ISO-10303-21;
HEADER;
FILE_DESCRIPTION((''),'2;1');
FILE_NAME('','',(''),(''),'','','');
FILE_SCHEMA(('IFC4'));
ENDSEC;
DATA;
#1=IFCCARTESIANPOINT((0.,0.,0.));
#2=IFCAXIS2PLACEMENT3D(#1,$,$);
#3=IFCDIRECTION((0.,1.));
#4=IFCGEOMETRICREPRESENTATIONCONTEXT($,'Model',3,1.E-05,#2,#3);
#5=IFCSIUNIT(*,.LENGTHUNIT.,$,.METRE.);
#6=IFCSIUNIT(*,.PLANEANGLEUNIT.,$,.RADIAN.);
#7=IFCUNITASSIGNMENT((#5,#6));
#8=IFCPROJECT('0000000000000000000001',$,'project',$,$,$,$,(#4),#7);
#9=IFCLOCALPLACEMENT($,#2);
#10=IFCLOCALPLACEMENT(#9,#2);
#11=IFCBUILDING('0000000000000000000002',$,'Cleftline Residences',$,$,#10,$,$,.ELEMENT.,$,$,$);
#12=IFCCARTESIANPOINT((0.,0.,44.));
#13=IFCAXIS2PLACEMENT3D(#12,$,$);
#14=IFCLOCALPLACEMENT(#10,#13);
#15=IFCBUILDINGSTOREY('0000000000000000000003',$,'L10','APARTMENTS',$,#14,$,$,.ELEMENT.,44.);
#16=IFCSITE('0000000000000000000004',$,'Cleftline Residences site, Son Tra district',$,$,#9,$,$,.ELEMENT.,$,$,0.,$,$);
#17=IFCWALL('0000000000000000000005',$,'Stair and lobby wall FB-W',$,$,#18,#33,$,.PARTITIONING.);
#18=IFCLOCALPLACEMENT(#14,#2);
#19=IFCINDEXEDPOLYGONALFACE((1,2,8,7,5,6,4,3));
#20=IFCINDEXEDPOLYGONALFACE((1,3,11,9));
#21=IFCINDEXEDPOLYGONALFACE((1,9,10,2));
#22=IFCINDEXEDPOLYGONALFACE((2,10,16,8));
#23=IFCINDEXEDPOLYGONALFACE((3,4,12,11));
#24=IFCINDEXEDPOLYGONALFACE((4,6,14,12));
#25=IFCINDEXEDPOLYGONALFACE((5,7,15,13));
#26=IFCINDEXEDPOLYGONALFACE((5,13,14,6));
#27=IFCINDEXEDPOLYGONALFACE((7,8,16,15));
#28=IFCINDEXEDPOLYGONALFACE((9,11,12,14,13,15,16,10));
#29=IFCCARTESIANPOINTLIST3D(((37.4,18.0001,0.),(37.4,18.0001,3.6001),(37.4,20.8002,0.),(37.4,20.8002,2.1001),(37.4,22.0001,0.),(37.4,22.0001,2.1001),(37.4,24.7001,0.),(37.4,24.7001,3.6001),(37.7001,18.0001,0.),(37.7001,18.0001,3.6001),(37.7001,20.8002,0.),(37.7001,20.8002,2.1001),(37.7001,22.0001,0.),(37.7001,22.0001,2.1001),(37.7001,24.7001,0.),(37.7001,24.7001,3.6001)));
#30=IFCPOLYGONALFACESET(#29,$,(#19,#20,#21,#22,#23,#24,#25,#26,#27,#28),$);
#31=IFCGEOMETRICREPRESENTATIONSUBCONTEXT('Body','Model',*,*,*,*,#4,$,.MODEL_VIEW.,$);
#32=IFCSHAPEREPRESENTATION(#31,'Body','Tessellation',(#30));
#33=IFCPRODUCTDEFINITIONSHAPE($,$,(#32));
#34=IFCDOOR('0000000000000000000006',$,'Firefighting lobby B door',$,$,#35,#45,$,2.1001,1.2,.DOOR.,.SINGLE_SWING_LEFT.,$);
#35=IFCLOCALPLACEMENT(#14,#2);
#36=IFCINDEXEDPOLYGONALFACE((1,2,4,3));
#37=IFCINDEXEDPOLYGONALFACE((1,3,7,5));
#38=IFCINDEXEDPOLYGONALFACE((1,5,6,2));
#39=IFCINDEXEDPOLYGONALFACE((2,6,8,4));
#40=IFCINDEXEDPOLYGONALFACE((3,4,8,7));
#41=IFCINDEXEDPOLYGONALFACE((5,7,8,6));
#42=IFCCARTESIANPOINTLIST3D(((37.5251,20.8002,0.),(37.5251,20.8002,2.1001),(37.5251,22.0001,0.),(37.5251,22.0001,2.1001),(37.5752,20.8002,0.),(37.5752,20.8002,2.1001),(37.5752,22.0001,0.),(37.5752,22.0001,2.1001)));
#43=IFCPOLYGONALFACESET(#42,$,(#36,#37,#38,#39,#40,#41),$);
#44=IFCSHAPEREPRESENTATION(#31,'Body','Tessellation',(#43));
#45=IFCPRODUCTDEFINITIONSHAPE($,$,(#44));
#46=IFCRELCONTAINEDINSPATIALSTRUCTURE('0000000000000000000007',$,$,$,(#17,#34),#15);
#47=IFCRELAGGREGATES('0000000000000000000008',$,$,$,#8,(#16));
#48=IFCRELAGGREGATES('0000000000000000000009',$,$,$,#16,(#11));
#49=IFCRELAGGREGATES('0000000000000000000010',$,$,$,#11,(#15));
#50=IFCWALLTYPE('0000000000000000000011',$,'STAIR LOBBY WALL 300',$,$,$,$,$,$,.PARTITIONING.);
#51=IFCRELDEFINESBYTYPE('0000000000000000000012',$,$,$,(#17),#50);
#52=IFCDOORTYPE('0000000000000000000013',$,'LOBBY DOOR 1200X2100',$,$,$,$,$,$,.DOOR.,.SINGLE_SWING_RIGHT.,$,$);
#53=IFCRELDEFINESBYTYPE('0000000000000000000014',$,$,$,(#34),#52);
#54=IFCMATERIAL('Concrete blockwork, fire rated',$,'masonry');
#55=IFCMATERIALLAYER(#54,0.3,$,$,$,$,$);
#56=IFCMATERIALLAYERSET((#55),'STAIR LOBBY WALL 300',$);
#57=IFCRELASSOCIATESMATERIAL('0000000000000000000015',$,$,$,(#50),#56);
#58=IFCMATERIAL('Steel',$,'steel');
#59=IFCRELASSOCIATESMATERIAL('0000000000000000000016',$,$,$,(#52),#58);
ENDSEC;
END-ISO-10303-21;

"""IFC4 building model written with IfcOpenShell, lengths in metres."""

from ifc_helpers import new_model, si_unit, direction, frame, frame_2d, origin, place, context, subcontext, project, spatial, rectangle, extrude, material, layer, layer_set, type_object, element, fill, save


model = new_model("IFC4")

# Units and contexts
model_context = context("Model", 3, precision=1e-05, world=origin(), true_north=direction((0.0, 1.0)))
body_context = subcontext(model_context, "Body", "Model", "MODEL_VIEW")
ifc_project = project(units=[si_unit("LENGTHUNIT", "METRE"), si_unit("PLANEANGLEUNIT", "RADIAN")], contexts=[model_context])

# Site, building, storey
site_placement = place(None, origin())
site = spatial("IfcSite", under=ifc_project, at=site_placement, Name="Cleftline Residences site, Son Tra district", CompositionType="ELEMENT", RefElevation=0.0)
building_placement = place(site_placement, origin())
building = spatial("IfcBuilding", under=site, at=building_placement, Name="Cleftline Residences", CompositionType="ELEMENT")
storey_placement = place(building_placement, frame((0.0, 0.0, 44.0)))
storey = spatial("IfcBuildingStorey", under=building, at=storey_placement, Name="L10", Description="APARTMENTS", CompositionType="ELEMENT", Elevation=44.0)

# Wall, opening, door
ifc_material_1 = material(Name="Concrete blockwork, fire rated", Category="masonry")
ifc_layer_1 = layer(ifc_material_1, 0.3)
ifc_layer_set_1 = layer_set([ifc_layer_1], Name="STAIR LOBBY WALL 300")
wall_type_1 = type_object("IfcWallType", Name="STAIR LOBBY WALL 300", PredefinedType="PARTITIONING", material=ifc_layer_set_1)
ifc_material_2 = material(Name="Steel", Category="steel")
door_type_1 = type_object("IfcDoorType", Name="LOBBY DOOR 1200X2100", OperationType="SINGLE_SWING_RIGHT", PredefinedType="DOOR", material=ifc_material_2)
wall_1_placement = place(storey_placement, frame((37.55, 18.0, 0.0), z_axis=(0.0, 0.0, 1.0), x_axis=(0.0, 1.0, 0.0)))
wall_1 = element("IfcWall", 1, at=wall_1_placement, inside=storey, type_object=wall_type_1, Name="Stair and lobby wall FB-W", PredefinedType="PARTITIONING", context=body_context, shape_type="SweptSolid", body=[
    extrude(rectangle(XDim=6.7, YDim=0.3, at=frame_2d((3.3501, 0.0))), origin(), (0.0, 0.0, 1.0), 3.6001),
])
opening_1_placement = place(wall_1_placement, frame((2.8, 0.0, 0.0)))
opening_1 = element("IfcOpeningElement", 2, at=opening_1_placement, cuts=wall_1, PredefinedType="OPENING", context=body_context, shape_type="SweptSolid", body=[
    extrude(rectangle(XDim=1.2, YDim=2.1001, at=frame_2d((0.6001, 1.05))), frame((0.0, 0.1599, 0.0), z_axis=(0.0, -1.0, 0.0), x_axis=(1.0, 0.0, 0.0)), (0.0, 0.0, 1.0), 0.3201),
])
door_1_placement = place(opening_1_placement, origin())
door_1 = element("IfcDoor", 3, at=door_1_placement, inside=storey, type_object=door_type_1, Name="Firefighting lobby B door", OperationType="SINGLE_SWING_LEFT", OverallHeight=2.1001, OverallWidth=1.2, PredefinedType="DOOR", context=body_context, shape_type="SweptSolid", body=[
    extrude(rectangle(XDim=1.2, YDim=2.1001, at=frame_2d((0.6001, 1.05))), frame((0.0, 0.0249, 0.0), z_axis=(0.0, -1.0, 0.0), x_axis=(1.0, 0.0, 0.0)), (0.0, 0.0, 1.0), 0.05),
])
fill(opening_1, door_1)

save(model, "model.ifc")
